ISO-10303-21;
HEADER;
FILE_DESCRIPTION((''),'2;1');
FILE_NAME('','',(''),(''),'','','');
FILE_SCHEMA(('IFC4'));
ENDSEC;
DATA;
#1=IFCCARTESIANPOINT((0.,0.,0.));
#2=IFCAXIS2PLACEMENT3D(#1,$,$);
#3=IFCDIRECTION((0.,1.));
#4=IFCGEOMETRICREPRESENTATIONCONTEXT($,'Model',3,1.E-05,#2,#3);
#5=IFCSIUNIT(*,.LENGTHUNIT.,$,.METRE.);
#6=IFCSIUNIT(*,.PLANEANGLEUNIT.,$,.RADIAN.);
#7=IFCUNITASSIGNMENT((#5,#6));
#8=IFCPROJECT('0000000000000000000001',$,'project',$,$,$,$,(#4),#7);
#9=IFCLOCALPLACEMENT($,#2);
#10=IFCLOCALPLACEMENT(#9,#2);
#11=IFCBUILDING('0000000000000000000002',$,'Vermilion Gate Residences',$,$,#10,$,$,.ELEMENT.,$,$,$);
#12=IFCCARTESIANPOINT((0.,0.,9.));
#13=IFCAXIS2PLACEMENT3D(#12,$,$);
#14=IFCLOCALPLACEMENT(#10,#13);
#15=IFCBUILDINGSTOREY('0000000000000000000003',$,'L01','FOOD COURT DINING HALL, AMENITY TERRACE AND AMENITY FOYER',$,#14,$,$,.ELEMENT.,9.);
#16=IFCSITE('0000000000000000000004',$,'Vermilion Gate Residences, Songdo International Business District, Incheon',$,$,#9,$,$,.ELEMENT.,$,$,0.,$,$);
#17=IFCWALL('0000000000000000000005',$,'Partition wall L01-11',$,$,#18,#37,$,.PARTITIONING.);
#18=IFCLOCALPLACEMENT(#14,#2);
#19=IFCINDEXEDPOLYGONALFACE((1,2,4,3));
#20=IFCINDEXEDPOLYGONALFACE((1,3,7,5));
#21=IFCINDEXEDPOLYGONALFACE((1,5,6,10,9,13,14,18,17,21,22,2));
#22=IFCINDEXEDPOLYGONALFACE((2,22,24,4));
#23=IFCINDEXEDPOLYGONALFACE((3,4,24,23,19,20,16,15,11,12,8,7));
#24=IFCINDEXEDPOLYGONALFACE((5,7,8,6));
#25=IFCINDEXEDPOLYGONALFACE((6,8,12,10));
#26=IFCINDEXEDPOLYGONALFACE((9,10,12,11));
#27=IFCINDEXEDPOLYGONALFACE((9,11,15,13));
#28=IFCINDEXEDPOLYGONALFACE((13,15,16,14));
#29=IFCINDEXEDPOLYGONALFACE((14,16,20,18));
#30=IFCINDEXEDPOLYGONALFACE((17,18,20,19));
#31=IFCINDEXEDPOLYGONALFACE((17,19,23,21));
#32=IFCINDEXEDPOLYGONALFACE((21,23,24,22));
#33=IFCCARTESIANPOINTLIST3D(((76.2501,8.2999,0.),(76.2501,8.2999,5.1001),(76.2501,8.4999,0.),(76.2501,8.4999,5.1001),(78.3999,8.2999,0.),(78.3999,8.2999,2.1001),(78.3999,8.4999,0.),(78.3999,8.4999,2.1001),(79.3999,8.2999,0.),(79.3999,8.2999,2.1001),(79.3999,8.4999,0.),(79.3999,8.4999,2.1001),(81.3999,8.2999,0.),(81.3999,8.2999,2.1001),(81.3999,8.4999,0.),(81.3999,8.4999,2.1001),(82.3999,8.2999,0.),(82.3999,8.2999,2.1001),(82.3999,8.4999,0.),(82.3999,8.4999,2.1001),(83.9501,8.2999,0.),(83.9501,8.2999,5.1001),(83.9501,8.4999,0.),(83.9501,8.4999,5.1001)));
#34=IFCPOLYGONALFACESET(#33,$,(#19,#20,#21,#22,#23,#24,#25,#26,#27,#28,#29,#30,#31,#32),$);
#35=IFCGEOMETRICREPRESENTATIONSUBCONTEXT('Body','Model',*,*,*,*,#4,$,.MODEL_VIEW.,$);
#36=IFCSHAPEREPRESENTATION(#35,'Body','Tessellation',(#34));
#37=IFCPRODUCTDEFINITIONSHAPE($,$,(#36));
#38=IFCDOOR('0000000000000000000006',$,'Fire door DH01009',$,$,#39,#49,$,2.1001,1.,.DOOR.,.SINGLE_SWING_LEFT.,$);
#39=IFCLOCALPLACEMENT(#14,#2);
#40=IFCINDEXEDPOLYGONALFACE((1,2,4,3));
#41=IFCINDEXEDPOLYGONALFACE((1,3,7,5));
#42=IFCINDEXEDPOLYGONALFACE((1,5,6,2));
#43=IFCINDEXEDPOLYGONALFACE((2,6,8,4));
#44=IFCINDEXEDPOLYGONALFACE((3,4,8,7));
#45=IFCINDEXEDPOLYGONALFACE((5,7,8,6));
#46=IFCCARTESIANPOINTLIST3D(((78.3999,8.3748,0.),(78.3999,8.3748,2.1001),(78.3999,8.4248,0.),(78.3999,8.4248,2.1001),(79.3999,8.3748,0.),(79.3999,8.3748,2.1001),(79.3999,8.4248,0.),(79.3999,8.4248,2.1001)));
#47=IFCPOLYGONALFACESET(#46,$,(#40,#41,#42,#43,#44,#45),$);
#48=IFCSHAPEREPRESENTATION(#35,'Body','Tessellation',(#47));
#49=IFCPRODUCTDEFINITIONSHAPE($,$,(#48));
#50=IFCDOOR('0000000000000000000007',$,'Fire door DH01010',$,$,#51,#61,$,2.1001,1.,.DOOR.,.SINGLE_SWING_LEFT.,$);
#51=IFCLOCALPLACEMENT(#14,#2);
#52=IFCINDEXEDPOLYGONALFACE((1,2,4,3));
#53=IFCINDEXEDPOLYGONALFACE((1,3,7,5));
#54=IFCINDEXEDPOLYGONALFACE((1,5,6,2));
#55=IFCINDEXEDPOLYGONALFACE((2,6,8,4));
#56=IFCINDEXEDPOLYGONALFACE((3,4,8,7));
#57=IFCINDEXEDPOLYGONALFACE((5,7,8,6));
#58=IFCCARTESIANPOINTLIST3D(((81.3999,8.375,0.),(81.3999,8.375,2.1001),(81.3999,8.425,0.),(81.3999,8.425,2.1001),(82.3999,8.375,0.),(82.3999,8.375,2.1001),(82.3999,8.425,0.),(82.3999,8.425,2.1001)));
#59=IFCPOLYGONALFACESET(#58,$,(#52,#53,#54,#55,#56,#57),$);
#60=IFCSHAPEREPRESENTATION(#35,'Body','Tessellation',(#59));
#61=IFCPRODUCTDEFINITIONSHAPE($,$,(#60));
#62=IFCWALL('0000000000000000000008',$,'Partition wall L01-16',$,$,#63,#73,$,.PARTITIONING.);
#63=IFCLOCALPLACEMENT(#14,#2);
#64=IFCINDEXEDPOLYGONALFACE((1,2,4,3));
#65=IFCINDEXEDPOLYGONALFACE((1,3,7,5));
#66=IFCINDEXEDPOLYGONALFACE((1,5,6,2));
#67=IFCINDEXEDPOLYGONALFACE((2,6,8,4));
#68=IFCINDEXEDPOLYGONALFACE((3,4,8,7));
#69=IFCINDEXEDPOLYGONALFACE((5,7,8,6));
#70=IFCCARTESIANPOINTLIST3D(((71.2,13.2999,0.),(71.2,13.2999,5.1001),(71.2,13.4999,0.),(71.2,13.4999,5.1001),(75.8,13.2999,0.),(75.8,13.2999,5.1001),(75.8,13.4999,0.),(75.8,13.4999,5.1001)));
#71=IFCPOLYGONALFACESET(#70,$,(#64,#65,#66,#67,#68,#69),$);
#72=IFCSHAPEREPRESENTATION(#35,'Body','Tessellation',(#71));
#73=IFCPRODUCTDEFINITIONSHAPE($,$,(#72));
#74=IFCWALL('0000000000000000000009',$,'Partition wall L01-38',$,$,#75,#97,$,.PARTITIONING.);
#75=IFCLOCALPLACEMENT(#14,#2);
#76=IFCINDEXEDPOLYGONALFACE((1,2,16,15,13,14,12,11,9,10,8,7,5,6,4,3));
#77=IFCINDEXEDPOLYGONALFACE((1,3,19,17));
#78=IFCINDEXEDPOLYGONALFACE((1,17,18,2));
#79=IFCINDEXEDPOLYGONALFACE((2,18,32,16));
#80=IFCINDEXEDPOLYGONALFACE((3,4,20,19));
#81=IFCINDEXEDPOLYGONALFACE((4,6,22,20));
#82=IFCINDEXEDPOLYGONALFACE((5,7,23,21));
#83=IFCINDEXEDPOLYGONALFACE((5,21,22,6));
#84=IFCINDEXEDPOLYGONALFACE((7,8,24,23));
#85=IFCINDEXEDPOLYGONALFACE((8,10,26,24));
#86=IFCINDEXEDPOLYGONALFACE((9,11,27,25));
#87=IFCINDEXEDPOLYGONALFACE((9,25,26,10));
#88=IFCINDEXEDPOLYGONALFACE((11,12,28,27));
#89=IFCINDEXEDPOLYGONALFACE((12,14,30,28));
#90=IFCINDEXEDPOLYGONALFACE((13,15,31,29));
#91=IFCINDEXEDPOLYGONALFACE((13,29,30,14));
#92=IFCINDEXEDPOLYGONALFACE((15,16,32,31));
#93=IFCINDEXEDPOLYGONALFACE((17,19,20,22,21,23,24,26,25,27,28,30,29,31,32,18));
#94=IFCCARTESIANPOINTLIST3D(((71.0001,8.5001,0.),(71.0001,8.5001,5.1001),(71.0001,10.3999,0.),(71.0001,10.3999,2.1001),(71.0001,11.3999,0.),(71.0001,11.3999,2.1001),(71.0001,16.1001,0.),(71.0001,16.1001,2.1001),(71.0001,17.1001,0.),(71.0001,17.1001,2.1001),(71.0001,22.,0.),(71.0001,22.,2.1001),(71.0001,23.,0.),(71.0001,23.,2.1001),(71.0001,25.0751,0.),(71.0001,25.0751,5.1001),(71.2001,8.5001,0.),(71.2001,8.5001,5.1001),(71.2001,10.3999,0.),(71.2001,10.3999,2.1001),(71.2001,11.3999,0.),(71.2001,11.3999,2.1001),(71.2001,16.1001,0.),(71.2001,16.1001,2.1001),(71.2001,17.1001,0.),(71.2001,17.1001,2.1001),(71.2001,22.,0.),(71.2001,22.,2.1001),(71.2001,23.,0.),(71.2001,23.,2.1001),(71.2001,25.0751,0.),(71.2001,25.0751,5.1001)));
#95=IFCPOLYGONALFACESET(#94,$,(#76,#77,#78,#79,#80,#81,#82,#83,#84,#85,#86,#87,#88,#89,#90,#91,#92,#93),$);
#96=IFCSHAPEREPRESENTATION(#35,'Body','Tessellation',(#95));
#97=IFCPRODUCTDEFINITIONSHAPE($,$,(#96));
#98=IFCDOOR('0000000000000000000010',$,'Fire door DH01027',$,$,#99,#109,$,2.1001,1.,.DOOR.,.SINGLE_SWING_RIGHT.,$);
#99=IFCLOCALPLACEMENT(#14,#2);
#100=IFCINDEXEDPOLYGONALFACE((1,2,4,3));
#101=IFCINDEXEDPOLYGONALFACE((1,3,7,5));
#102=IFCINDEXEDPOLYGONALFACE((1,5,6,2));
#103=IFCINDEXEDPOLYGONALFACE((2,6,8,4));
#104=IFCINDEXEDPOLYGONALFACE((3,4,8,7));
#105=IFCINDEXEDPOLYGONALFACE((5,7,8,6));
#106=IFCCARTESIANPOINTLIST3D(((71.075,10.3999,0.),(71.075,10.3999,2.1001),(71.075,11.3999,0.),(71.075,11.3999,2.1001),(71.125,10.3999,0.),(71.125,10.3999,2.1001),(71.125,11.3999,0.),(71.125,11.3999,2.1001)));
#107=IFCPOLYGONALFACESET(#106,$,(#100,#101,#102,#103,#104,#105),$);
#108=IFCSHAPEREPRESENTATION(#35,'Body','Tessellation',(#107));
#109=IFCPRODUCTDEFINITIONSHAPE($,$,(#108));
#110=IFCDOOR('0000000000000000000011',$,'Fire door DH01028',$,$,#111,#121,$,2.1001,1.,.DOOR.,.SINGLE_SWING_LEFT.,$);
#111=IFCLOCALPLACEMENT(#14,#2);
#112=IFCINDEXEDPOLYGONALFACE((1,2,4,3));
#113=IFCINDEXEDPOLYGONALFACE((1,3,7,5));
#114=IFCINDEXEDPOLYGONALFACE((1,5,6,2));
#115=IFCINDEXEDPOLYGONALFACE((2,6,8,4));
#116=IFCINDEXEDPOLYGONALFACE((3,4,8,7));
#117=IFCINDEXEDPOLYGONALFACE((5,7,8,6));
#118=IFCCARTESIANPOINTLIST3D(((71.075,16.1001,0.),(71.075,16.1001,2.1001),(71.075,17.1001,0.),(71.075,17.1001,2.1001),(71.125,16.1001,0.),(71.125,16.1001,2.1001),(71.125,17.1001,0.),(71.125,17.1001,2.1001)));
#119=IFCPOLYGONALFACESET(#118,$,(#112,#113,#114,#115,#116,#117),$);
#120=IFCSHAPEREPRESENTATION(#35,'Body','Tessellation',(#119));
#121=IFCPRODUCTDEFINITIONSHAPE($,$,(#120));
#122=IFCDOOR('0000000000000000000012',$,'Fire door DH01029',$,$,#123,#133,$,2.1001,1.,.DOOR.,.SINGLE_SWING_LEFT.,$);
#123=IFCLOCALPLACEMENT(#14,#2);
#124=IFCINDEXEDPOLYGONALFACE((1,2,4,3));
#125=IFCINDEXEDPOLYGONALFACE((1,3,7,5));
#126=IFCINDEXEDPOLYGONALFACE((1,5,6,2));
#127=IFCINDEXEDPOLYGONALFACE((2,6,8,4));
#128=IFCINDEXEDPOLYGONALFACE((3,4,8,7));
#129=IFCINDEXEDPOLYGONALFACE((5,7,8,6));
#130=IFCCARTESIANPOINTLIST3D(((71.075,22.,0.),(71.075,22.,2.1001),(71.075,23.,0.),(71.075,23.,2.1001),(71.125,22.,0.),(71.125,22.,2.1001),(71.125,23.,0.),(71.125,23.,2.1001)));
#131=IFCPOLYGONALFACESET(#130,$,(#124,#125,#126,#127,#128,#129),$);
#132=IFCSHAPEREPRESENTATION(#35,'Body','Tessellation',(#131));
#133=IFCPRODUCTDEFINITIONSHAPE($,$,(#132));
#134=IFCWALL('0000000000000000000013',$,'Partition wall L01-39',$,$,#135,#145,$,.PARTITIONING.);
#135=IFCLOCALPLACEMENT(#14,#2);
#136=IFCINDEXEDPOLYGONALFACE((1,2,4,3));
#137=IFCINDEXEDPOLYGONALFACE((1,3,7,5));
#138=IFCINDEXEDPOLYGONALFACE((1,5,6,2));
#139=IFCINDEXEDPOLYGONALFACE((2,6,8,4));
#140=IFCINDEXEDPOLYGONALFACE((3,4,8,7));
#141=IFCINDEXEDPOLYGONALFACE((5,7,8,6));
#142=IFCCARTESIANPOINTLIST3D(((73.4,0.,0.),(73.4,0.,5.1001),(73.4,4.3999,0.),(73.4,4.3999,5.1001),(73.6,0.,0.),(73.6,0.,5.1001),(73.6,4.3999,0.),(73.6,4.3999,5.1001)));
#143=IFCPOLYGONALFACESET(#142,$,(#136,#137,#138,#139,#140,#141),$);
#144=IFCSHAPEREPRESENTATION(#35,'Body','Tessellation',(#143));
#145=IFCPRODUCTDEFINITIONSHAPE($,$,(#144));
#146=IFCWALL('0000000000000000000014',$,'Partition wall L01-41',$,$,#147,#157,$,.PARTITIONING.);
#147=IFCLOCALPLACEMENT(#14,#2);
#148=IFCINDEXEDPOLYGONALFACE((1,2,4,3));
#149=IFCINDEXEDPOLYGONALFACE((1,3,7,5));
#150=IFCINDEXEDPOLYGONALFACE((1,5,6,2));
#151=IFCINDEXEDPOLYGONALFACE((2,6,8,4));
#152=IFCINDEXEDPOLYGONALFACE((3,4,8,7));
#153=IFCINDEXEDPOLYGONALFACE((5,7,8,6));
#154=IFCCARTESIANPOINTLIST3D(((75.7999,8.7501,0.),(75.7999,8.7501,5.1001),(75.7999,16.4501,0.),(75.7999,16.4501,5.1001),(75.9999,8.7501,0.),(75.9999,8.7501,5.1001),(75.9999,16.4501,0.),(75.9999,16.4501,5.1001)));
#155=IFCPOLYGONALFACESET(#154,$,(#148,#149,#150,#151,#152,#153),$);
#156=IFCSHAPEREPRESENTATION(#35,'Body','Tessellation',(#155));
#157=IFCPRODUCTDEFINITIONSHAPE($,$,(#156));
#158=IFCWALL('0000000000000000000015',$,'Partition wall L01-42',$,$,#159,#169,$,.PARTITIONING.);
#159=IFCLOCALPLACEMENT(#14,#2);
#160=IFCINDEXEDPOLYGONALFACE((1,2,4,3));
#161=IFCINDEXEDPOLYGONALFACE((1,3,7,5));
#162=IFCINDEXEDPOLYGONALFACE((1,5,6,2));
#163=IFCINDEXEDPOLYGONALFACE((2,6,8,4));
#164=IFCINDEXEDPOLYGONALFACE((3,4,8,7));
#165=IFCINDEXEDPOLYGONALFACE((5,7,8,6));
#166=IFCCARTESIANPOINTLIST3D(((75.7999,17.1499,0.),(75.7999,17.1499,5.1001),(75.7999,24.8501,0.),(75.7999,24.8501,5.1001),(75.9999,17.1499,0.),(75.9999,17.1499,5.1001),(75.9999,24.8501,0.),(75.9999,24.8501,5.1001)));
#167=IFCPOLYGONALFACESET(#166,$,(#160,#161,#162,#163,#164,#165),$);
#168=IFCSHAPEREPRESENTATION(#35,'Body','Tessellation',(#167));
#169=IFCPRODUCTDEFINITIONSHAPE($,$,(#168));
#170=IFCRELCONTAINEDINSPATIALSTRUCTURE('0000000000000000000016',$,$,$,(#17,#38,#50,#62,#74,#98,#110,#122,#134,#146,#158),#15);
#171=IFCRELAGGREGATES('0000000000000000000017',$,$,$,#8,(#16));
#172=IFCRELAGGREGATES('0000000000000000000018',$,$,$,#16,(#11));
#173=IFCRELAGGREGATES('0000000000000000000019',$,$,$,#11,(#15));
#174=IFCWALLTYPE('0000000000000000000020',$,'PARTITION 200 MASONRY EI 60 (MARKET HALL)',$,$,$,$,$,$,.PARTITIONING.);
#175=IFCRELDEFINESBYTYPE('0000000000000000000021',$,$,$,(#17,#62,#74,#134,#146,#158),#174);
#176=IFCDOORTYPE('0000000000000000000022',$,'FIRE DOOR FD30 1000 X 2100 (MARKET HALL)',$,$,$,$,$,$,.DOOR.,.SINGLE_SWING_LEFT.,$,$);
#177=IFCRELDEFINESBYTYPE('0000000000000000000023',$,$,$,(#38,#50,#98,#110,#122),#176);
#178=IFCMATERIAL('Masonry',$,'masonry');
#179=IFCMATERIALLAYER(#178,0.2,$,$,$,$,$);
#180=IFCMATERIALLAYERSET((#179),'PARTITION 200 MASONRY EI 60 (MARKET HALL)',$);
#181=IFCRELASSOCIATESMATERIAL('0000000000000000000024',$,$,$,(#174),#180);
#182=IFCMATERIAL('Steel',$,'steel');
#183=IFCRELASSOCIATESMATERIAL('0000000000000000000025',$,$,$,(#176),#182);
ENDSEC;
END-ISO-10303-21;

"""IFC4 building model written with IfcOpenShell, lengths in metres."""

from ifc_helpers import new_model, si_unit, direction, frame, frame_2d, origin, place, context, subcontext, project, spatial, rectangle, extrude, material, layer, layer_set, type_object, element, fill, save


model = new_model("IFC4")

# Units and contexts
model_context = context("Model", 3, precision=1e-05, world=origin(), true_north=direction((0.0, 1.0)))
body_context = subcontext(model_context, "Body", "Model", "MODEL_VIEW")
ifc_project = project(units=[si_unit("LENGTHUNIT", "METRE"), si_unit("PLANEANGLEUNIT", "RADIAN")], contexts=[model_context])

# Site, building, storey
site_placement = place(None, origin())
site = spatial("IfcSite", under=ifc_project, at=site_placement, Name="Vermilion Gate Residences, Songdo International Business District, Incheon", CompositionType="ELEMENT", RefElevation=0.0)
building_placement = place(site_placement, origin())
building = spatial("IfcBuilding", under=site, at=building_placement, Name="Vermilion Gate Residences", CompositionType="ELEMENT")
storey_placement = place(building_placement, frame((0.0, 0.0, 9.0)))
storey = spatial("IfcBuildingStorey", under=building, at=storey_placement, Name="L01", Description="FOOD COURT DINING HALL, AMENITY TERRACE AND AMENITY FOYER", CompositionType="ELEMENT", Elevation=9.0)

# Shared definitions
ifc_material_1 = material(Name="Masonry", Category="masonry")
ifc_layer_1 = layer(ifc_material_1, 0.2)
ifc_layer_set_1 = layer_set([ifc_layer_1], Name="PARTITION 200 MASONRY EI 60 (MARKET HALL)")
wall_type_1 = type_object("IfcWallType", Name="PARTITION 200 MASONRY EI 60 (MARKET HALL)", PredefinedType="PARTITIONING", material=ifc_layer_set_1)

# Wall, openings, doors
wall_1_placement = place(storey_placement, frame((76.25, 8.3999, 0.0), z_axis=(0.0, 0.0, 1.0), x_axis=(1.0, 0.0, 0.0)))
wall_1 = element("IfcWall", 1, at=wall_1_placement, inside=storey, type_object=wall_type_1, Name="Partition wall L01-11", PredefinedType="PARTITIONING", context=body_context, shape_type="SweptSolid", body=[
    extrude(rectangle(XDim=7.7, YDim=0.2, at=frame_2d((3.8501, 0.0))), origin(), (0.0, 0.0, 1.0), 5.1001),
])
opening_1_placement = place(wall_1_placement, frame((2.1499, 0.0, 0.0)))
opening_1 = element("IfcOpeningElement", 2, at=opening_1_placement, cuts=wall_1, PredefinedType="OPENING", context=body_context, shape_type="SweptSolid", body=[
    extrude(rectangle(XDim=1.0, YDim=2.1001, at=frame_2d((0.5, 1.05))), frame((0.0, 0.1099, 0.0), z_axis=(0.0, -1.0, 0.0), x_axis=(1.0, 0.0, 0.0)), (0.0, 0.0, 1.0), 0.22),
])
opening_2_placement = place(wall_1_placement, frame((5.1499, 0.0, 0.0)))
opening_2 = element("IfcOpeningElement", 3, at=opening_2_placement, cuts=wall_1, PredefinedType="OPENING", context=body_context, shape_type="SweptSolid", body=[
    extrude(rectangle(XDim=1.0, YDim=2.1001, at=frame_2d((0.5, 1.05))), frame((0.0, 0.1099, 0.0), z_axis=(0.0, -1.0, 0.0), x_axis=(1.0, 0.0, 0.0)), (0.0, 0.0, 1.0), 0.22),
])
ifc_material_2 = material(Name="Steel", Category="steel")
door_type = type_object("IfcDoorType", Name="FIRE DOOR FD30 1000 X 2100 (MARKET HALL)", OperationType="SINGLE_SWING_LEFT", PredefinedType="DOOR", material=ifc_material_2)
door_1_placement = place(opening_1_placement, origin())
door_1 = element("IfcDoor", 4, at=door_1_placement, inside=storey, type_object=door_type, Name="Fire door DH01009", OperationType="SINGLE_SWING_LEFT", OverallHeight=2.1001, OverallWidth=1.0, PredefinedType="DOOR", context=body_context, shape_type="SweptSolid", body=[
    extrude(rectangle(XDim=1.0, YDim=2.1001, at=frame_2d((0.5, 1.05))), frame((0.0, 0.0249, 0.0), z_axis=(0.0, -1.0, 0.0), x_axis=(1.0, 0.0, 0.0)), (0.0, 0.0, 1.0), 0.05),
])
fill(opening_1, door_1)
door_2_placement = place(opening_2_placement, frame((1.0, 0.0, 0.0), z_axis=(0.0, 0.0, 1.0), x_axis=(-1.0, 0.0, 0.0)))
door_2 = element("IfcDoor", 5, at=door_2_placement, inside=storey, type_object=door_type, Name="Fire door DH01010", OperationType="SINGLE_SWING_LEFT", OverallHeight=2.1001, OverallWidth=1.0, PredefinedType="DOOR", context=body_context, shape_type="SweptSolid", body=[
    extrude(rectangle(XDim=1.0, YDim=2.1001, at=frame_2d((0.5, 1.05))), frame((0.0, 0.0249, 0.0), z_axis=(0.0, -1.0, 0.0), x_axis=(1.0, 0.0, 0.0)), (0.0, 0.0, 1.0), 0.05),
])
fill(opening_2, door_2)

# Wall
wall_2_placement = place(storey_placement, frame((71.2, 13.3999, 0.0), z_axis=(0.0, 0.0, 1.0), x_axis=(1.0, 0.0, 0.0)))
element("IfcWall", 6, at=wall_2_placement, inside=storey, type_object=wall_type_1, Name="Partition wall L01-16", PredefinedType="PARTITIONING", context=body_context, shape_type="SweptSolid", body=[
    extrude(rectangle(XDim=4.6001, YDim=0.2, at=frame_2d((2.3, 0.0))), origin(), (0.0, 0.0, 1.0), 5.1001),
])

# Wall, openings, doors
wall_3_placement = place(storey_placement, frame((71.1001, 8.5, 0.0), z_axis=(0.0, 0.0, 1.0), x_axis=(0.0, 1.0, 0.0)))
wall_3 = element("IfcWall", 7, at=wall_3_placement, inside=storey, type_object=wall_type_1, Name="Partition wall L01-38", PredefinedType="PARTITIONING", context=body_context, shape_type="SweptSolid", body=[
    extrude(rectangle(XDim=16.575, YDim=0.2, at=frame_2d((8.2876, 0.0))), origin(), (0.0, 0.0, 1.0), 5.1001),
])
opening_3_placement = place(wall_3_placement, frame((1.8999, 0.0, 0.0)))
opening_3 = element("IfcOpeningElement", 8, at=opening_3_placement, cuts=wall_3, PredefinedType="OPENING", context=body_context, shape_type="SweptSolid", body=[
    extrude(rectangle(XDim=1.0, YDim=2.1001, at=frame_2d((0.5, 1.05))), frame((0.0, 0.1099, 0.0), z_axis=(0.0, -1.0, 0.0), x_axis=(1.0, 0.0, 0.0)), (0.0, 0.0, 1.0), 0.22),
])
opening_4_placement = place(wall_3_placement, frame((7.6001, 0.0, 0.0)))
opening_4 = element("IfcOpeningElement", 9, at=opening_4_placement, cuts=wall_3, PredefinedType="OPENING", context=body_context, shape_type="SweptSolid", body=[
    extrude(rectangle(XDim=1.0, YDim=2.1001, at=frame_2d((0.5, 1.05))), frame((0.0, 0.1099, 0.0), z_axis=(0.0, -1.0, 0.0), x_axis=(1.0, 0.0, 0.0)), (0.0, 0.0, 1.0), 0.22),
])
opening_5_placement = place(wall_3_placement, frame((13.5, 0.0, 0.0)))
opening_5 = element("IfcOpeningElement", 10, at=opening_5_placement, cuts=wall_3, PredefinedType="OPENING", context=body_context, shape_type="SweptSolid", body=[
    extrude(rectangle(XDim=1.0, YDim=2.1001, at=frame_2d((0.5, 1.05))), frame((0.0, 0.1099, 0.0), z_axis=(0.0, -1.0, 0.0), x_axis=(1.0, 0.0, 0.0)), (0.0, 0.0, 1.0), 0.22),
])
door_3_placement = place(opening_3_placement, frame((1.0, 0.0, 0.0), z_axis=(0.0, 0.0, 1.0), x_axis=(-1.0, 0.0, 0.0)))
door_3 = element("IfcDoor", 11, at=door_3_placement, inside=storey, type_object=door_type, Name="Fire door DH01027", OperationType="SINGLE_SWING_RIGHT", OverallHeight=2.1001, OverallWidth=1.0, PredefinedType="DOOR", context=body_context, shape_type="SweptSolid", body=[
    extrude(rectangle(XDim=1.0, YDim=2.1001, at=frame_2d((0.5, 1.05))), frame((0.0, 0.0249, 0.0), z_axis=(0.0, -1.0, 0.0), x_axis=(1.0, 0.0, 0.0)), (0.0, 0.0, 1.0), 0.05),
])
fill(opening_3, door_3)
door_4_placement = place(opening_4_placement, frame((1.0, 0.0, 0.0), z_axis=(0.0, 0.0, 1.0), x_axis=(-1.0, 0.0, 0.0)))
door_4 = element("IfcDoor", 12, at=door_4_placement, inside=storey, type_object=door_type, Name="Fire door DH01028", OperationType="SINGLE_SWING_LEFT", OverallHeight=2.1001, OverallWidth=1.0, PredefinedType="DOOR", context=body_context, shape_type="SweptSolid", body=[
    extrude(rectangle(XDim=1.0, YDim=2.1001, at=frame_2d((0.5, 1.05))), frame((0.0, 0.0249, 0.0), z_axis=(0.0, -1.0, 0.0), x_axis=(1.0, 0.0, 0.0)), (0.0, 0.0, 1.0), 0.05),
])
fill(opening_4, door_4)
door_5_placement = place(opening_5_placement, frame((1.0, 0.0, 0.0), z_axis=(0.0, 0.0, 1.0), x_axis=(-1.0, 0.0, 0.0)))
door_5 = element("IfcDoor", 13, at=door_5_placement, inside=storey, type_object=door_type, Name="Fire door DH01029", OperationType="SINGLE_SWING_LEFT", OverallHeight=2.1001, OverallWidth=1.0, PredefinedType="DOOR", context=body_context, shape_type="SweptSolid", body=[
    extrude(rectangle(XDim=1.0, YDim=2.1001, at=frame_2d((0.5, 1.05))), frame((0.0, 0.0249, 0.0), z_axis=(0.0, -1.0, 0.0), x_axis=(1.0, 0.0, 0.0)), (0.0, 0.0, 1.0), 0.05),
])
fill(opening_5, door_5)

# Walls
wall_4_placement = place(storey_placement, frame((73.5, 0.0, 0.0), z_axis=(0.0, 0.0, 1.0), x_axis=(0.0, 1.0, 0.0)))
element("IfcWall", 14, at=wall_4_placement, inside=storey, type_object=wall_type_1, Name="Partition wall L01-39", PredefinedType="PARTITIONING", context=body_context, shape_type="SweptSolid", body=[
    extrude(rectangle(XDim=4.3999, YDim=0.2, at=frame_2d((2.2, 0.0))), origin(), (0.0, 0.0, 1.0), 5.1001),
])
wall_5_placement = place(storey_placement, frame((75.8999, 8.75, 0.0), z_axis=(0.0, 0.0, 1.0), x_axis=(0.0, 1.0, 0.0)))
element("IfcWall", 15, at=wall_5_placement, inside=storey, type_object=wall_type_1, Name="Partition wall L01-41", PredefinedType="PARTITIONING", context=body_context, shape_type="SweptSolid", body=[
    extrude(rectangle(XDim=7.7, YDim=0.2, at=frame_2d((3.8501, 0.0))), origin(), (0.0, 0.0, 1.0), 5.1001),
])
wall_6_placement = place(storey_placement, frame((75.8999, 17.1499, 0.0), z_axis=(0.0, 0.0, 1.0), x_axis=(0.0, 1.0, 0.0)))
element("IfcWall", 16, at=wall_6_placement, inside=storey, type_object=wall_type_1, Name="Partition wall L01-42", PredefinedType="PARTITIONING", context=body_context, shape_type="SweptSolid", body=[
    extrude(rectangle(XDim=7.7002, YDim=0.2, at=frame_2d((3.8501, 0.0))), origin(), (0.0, 0.0, 1.0), 5.1001),
])

save(model, "model.ifc")
